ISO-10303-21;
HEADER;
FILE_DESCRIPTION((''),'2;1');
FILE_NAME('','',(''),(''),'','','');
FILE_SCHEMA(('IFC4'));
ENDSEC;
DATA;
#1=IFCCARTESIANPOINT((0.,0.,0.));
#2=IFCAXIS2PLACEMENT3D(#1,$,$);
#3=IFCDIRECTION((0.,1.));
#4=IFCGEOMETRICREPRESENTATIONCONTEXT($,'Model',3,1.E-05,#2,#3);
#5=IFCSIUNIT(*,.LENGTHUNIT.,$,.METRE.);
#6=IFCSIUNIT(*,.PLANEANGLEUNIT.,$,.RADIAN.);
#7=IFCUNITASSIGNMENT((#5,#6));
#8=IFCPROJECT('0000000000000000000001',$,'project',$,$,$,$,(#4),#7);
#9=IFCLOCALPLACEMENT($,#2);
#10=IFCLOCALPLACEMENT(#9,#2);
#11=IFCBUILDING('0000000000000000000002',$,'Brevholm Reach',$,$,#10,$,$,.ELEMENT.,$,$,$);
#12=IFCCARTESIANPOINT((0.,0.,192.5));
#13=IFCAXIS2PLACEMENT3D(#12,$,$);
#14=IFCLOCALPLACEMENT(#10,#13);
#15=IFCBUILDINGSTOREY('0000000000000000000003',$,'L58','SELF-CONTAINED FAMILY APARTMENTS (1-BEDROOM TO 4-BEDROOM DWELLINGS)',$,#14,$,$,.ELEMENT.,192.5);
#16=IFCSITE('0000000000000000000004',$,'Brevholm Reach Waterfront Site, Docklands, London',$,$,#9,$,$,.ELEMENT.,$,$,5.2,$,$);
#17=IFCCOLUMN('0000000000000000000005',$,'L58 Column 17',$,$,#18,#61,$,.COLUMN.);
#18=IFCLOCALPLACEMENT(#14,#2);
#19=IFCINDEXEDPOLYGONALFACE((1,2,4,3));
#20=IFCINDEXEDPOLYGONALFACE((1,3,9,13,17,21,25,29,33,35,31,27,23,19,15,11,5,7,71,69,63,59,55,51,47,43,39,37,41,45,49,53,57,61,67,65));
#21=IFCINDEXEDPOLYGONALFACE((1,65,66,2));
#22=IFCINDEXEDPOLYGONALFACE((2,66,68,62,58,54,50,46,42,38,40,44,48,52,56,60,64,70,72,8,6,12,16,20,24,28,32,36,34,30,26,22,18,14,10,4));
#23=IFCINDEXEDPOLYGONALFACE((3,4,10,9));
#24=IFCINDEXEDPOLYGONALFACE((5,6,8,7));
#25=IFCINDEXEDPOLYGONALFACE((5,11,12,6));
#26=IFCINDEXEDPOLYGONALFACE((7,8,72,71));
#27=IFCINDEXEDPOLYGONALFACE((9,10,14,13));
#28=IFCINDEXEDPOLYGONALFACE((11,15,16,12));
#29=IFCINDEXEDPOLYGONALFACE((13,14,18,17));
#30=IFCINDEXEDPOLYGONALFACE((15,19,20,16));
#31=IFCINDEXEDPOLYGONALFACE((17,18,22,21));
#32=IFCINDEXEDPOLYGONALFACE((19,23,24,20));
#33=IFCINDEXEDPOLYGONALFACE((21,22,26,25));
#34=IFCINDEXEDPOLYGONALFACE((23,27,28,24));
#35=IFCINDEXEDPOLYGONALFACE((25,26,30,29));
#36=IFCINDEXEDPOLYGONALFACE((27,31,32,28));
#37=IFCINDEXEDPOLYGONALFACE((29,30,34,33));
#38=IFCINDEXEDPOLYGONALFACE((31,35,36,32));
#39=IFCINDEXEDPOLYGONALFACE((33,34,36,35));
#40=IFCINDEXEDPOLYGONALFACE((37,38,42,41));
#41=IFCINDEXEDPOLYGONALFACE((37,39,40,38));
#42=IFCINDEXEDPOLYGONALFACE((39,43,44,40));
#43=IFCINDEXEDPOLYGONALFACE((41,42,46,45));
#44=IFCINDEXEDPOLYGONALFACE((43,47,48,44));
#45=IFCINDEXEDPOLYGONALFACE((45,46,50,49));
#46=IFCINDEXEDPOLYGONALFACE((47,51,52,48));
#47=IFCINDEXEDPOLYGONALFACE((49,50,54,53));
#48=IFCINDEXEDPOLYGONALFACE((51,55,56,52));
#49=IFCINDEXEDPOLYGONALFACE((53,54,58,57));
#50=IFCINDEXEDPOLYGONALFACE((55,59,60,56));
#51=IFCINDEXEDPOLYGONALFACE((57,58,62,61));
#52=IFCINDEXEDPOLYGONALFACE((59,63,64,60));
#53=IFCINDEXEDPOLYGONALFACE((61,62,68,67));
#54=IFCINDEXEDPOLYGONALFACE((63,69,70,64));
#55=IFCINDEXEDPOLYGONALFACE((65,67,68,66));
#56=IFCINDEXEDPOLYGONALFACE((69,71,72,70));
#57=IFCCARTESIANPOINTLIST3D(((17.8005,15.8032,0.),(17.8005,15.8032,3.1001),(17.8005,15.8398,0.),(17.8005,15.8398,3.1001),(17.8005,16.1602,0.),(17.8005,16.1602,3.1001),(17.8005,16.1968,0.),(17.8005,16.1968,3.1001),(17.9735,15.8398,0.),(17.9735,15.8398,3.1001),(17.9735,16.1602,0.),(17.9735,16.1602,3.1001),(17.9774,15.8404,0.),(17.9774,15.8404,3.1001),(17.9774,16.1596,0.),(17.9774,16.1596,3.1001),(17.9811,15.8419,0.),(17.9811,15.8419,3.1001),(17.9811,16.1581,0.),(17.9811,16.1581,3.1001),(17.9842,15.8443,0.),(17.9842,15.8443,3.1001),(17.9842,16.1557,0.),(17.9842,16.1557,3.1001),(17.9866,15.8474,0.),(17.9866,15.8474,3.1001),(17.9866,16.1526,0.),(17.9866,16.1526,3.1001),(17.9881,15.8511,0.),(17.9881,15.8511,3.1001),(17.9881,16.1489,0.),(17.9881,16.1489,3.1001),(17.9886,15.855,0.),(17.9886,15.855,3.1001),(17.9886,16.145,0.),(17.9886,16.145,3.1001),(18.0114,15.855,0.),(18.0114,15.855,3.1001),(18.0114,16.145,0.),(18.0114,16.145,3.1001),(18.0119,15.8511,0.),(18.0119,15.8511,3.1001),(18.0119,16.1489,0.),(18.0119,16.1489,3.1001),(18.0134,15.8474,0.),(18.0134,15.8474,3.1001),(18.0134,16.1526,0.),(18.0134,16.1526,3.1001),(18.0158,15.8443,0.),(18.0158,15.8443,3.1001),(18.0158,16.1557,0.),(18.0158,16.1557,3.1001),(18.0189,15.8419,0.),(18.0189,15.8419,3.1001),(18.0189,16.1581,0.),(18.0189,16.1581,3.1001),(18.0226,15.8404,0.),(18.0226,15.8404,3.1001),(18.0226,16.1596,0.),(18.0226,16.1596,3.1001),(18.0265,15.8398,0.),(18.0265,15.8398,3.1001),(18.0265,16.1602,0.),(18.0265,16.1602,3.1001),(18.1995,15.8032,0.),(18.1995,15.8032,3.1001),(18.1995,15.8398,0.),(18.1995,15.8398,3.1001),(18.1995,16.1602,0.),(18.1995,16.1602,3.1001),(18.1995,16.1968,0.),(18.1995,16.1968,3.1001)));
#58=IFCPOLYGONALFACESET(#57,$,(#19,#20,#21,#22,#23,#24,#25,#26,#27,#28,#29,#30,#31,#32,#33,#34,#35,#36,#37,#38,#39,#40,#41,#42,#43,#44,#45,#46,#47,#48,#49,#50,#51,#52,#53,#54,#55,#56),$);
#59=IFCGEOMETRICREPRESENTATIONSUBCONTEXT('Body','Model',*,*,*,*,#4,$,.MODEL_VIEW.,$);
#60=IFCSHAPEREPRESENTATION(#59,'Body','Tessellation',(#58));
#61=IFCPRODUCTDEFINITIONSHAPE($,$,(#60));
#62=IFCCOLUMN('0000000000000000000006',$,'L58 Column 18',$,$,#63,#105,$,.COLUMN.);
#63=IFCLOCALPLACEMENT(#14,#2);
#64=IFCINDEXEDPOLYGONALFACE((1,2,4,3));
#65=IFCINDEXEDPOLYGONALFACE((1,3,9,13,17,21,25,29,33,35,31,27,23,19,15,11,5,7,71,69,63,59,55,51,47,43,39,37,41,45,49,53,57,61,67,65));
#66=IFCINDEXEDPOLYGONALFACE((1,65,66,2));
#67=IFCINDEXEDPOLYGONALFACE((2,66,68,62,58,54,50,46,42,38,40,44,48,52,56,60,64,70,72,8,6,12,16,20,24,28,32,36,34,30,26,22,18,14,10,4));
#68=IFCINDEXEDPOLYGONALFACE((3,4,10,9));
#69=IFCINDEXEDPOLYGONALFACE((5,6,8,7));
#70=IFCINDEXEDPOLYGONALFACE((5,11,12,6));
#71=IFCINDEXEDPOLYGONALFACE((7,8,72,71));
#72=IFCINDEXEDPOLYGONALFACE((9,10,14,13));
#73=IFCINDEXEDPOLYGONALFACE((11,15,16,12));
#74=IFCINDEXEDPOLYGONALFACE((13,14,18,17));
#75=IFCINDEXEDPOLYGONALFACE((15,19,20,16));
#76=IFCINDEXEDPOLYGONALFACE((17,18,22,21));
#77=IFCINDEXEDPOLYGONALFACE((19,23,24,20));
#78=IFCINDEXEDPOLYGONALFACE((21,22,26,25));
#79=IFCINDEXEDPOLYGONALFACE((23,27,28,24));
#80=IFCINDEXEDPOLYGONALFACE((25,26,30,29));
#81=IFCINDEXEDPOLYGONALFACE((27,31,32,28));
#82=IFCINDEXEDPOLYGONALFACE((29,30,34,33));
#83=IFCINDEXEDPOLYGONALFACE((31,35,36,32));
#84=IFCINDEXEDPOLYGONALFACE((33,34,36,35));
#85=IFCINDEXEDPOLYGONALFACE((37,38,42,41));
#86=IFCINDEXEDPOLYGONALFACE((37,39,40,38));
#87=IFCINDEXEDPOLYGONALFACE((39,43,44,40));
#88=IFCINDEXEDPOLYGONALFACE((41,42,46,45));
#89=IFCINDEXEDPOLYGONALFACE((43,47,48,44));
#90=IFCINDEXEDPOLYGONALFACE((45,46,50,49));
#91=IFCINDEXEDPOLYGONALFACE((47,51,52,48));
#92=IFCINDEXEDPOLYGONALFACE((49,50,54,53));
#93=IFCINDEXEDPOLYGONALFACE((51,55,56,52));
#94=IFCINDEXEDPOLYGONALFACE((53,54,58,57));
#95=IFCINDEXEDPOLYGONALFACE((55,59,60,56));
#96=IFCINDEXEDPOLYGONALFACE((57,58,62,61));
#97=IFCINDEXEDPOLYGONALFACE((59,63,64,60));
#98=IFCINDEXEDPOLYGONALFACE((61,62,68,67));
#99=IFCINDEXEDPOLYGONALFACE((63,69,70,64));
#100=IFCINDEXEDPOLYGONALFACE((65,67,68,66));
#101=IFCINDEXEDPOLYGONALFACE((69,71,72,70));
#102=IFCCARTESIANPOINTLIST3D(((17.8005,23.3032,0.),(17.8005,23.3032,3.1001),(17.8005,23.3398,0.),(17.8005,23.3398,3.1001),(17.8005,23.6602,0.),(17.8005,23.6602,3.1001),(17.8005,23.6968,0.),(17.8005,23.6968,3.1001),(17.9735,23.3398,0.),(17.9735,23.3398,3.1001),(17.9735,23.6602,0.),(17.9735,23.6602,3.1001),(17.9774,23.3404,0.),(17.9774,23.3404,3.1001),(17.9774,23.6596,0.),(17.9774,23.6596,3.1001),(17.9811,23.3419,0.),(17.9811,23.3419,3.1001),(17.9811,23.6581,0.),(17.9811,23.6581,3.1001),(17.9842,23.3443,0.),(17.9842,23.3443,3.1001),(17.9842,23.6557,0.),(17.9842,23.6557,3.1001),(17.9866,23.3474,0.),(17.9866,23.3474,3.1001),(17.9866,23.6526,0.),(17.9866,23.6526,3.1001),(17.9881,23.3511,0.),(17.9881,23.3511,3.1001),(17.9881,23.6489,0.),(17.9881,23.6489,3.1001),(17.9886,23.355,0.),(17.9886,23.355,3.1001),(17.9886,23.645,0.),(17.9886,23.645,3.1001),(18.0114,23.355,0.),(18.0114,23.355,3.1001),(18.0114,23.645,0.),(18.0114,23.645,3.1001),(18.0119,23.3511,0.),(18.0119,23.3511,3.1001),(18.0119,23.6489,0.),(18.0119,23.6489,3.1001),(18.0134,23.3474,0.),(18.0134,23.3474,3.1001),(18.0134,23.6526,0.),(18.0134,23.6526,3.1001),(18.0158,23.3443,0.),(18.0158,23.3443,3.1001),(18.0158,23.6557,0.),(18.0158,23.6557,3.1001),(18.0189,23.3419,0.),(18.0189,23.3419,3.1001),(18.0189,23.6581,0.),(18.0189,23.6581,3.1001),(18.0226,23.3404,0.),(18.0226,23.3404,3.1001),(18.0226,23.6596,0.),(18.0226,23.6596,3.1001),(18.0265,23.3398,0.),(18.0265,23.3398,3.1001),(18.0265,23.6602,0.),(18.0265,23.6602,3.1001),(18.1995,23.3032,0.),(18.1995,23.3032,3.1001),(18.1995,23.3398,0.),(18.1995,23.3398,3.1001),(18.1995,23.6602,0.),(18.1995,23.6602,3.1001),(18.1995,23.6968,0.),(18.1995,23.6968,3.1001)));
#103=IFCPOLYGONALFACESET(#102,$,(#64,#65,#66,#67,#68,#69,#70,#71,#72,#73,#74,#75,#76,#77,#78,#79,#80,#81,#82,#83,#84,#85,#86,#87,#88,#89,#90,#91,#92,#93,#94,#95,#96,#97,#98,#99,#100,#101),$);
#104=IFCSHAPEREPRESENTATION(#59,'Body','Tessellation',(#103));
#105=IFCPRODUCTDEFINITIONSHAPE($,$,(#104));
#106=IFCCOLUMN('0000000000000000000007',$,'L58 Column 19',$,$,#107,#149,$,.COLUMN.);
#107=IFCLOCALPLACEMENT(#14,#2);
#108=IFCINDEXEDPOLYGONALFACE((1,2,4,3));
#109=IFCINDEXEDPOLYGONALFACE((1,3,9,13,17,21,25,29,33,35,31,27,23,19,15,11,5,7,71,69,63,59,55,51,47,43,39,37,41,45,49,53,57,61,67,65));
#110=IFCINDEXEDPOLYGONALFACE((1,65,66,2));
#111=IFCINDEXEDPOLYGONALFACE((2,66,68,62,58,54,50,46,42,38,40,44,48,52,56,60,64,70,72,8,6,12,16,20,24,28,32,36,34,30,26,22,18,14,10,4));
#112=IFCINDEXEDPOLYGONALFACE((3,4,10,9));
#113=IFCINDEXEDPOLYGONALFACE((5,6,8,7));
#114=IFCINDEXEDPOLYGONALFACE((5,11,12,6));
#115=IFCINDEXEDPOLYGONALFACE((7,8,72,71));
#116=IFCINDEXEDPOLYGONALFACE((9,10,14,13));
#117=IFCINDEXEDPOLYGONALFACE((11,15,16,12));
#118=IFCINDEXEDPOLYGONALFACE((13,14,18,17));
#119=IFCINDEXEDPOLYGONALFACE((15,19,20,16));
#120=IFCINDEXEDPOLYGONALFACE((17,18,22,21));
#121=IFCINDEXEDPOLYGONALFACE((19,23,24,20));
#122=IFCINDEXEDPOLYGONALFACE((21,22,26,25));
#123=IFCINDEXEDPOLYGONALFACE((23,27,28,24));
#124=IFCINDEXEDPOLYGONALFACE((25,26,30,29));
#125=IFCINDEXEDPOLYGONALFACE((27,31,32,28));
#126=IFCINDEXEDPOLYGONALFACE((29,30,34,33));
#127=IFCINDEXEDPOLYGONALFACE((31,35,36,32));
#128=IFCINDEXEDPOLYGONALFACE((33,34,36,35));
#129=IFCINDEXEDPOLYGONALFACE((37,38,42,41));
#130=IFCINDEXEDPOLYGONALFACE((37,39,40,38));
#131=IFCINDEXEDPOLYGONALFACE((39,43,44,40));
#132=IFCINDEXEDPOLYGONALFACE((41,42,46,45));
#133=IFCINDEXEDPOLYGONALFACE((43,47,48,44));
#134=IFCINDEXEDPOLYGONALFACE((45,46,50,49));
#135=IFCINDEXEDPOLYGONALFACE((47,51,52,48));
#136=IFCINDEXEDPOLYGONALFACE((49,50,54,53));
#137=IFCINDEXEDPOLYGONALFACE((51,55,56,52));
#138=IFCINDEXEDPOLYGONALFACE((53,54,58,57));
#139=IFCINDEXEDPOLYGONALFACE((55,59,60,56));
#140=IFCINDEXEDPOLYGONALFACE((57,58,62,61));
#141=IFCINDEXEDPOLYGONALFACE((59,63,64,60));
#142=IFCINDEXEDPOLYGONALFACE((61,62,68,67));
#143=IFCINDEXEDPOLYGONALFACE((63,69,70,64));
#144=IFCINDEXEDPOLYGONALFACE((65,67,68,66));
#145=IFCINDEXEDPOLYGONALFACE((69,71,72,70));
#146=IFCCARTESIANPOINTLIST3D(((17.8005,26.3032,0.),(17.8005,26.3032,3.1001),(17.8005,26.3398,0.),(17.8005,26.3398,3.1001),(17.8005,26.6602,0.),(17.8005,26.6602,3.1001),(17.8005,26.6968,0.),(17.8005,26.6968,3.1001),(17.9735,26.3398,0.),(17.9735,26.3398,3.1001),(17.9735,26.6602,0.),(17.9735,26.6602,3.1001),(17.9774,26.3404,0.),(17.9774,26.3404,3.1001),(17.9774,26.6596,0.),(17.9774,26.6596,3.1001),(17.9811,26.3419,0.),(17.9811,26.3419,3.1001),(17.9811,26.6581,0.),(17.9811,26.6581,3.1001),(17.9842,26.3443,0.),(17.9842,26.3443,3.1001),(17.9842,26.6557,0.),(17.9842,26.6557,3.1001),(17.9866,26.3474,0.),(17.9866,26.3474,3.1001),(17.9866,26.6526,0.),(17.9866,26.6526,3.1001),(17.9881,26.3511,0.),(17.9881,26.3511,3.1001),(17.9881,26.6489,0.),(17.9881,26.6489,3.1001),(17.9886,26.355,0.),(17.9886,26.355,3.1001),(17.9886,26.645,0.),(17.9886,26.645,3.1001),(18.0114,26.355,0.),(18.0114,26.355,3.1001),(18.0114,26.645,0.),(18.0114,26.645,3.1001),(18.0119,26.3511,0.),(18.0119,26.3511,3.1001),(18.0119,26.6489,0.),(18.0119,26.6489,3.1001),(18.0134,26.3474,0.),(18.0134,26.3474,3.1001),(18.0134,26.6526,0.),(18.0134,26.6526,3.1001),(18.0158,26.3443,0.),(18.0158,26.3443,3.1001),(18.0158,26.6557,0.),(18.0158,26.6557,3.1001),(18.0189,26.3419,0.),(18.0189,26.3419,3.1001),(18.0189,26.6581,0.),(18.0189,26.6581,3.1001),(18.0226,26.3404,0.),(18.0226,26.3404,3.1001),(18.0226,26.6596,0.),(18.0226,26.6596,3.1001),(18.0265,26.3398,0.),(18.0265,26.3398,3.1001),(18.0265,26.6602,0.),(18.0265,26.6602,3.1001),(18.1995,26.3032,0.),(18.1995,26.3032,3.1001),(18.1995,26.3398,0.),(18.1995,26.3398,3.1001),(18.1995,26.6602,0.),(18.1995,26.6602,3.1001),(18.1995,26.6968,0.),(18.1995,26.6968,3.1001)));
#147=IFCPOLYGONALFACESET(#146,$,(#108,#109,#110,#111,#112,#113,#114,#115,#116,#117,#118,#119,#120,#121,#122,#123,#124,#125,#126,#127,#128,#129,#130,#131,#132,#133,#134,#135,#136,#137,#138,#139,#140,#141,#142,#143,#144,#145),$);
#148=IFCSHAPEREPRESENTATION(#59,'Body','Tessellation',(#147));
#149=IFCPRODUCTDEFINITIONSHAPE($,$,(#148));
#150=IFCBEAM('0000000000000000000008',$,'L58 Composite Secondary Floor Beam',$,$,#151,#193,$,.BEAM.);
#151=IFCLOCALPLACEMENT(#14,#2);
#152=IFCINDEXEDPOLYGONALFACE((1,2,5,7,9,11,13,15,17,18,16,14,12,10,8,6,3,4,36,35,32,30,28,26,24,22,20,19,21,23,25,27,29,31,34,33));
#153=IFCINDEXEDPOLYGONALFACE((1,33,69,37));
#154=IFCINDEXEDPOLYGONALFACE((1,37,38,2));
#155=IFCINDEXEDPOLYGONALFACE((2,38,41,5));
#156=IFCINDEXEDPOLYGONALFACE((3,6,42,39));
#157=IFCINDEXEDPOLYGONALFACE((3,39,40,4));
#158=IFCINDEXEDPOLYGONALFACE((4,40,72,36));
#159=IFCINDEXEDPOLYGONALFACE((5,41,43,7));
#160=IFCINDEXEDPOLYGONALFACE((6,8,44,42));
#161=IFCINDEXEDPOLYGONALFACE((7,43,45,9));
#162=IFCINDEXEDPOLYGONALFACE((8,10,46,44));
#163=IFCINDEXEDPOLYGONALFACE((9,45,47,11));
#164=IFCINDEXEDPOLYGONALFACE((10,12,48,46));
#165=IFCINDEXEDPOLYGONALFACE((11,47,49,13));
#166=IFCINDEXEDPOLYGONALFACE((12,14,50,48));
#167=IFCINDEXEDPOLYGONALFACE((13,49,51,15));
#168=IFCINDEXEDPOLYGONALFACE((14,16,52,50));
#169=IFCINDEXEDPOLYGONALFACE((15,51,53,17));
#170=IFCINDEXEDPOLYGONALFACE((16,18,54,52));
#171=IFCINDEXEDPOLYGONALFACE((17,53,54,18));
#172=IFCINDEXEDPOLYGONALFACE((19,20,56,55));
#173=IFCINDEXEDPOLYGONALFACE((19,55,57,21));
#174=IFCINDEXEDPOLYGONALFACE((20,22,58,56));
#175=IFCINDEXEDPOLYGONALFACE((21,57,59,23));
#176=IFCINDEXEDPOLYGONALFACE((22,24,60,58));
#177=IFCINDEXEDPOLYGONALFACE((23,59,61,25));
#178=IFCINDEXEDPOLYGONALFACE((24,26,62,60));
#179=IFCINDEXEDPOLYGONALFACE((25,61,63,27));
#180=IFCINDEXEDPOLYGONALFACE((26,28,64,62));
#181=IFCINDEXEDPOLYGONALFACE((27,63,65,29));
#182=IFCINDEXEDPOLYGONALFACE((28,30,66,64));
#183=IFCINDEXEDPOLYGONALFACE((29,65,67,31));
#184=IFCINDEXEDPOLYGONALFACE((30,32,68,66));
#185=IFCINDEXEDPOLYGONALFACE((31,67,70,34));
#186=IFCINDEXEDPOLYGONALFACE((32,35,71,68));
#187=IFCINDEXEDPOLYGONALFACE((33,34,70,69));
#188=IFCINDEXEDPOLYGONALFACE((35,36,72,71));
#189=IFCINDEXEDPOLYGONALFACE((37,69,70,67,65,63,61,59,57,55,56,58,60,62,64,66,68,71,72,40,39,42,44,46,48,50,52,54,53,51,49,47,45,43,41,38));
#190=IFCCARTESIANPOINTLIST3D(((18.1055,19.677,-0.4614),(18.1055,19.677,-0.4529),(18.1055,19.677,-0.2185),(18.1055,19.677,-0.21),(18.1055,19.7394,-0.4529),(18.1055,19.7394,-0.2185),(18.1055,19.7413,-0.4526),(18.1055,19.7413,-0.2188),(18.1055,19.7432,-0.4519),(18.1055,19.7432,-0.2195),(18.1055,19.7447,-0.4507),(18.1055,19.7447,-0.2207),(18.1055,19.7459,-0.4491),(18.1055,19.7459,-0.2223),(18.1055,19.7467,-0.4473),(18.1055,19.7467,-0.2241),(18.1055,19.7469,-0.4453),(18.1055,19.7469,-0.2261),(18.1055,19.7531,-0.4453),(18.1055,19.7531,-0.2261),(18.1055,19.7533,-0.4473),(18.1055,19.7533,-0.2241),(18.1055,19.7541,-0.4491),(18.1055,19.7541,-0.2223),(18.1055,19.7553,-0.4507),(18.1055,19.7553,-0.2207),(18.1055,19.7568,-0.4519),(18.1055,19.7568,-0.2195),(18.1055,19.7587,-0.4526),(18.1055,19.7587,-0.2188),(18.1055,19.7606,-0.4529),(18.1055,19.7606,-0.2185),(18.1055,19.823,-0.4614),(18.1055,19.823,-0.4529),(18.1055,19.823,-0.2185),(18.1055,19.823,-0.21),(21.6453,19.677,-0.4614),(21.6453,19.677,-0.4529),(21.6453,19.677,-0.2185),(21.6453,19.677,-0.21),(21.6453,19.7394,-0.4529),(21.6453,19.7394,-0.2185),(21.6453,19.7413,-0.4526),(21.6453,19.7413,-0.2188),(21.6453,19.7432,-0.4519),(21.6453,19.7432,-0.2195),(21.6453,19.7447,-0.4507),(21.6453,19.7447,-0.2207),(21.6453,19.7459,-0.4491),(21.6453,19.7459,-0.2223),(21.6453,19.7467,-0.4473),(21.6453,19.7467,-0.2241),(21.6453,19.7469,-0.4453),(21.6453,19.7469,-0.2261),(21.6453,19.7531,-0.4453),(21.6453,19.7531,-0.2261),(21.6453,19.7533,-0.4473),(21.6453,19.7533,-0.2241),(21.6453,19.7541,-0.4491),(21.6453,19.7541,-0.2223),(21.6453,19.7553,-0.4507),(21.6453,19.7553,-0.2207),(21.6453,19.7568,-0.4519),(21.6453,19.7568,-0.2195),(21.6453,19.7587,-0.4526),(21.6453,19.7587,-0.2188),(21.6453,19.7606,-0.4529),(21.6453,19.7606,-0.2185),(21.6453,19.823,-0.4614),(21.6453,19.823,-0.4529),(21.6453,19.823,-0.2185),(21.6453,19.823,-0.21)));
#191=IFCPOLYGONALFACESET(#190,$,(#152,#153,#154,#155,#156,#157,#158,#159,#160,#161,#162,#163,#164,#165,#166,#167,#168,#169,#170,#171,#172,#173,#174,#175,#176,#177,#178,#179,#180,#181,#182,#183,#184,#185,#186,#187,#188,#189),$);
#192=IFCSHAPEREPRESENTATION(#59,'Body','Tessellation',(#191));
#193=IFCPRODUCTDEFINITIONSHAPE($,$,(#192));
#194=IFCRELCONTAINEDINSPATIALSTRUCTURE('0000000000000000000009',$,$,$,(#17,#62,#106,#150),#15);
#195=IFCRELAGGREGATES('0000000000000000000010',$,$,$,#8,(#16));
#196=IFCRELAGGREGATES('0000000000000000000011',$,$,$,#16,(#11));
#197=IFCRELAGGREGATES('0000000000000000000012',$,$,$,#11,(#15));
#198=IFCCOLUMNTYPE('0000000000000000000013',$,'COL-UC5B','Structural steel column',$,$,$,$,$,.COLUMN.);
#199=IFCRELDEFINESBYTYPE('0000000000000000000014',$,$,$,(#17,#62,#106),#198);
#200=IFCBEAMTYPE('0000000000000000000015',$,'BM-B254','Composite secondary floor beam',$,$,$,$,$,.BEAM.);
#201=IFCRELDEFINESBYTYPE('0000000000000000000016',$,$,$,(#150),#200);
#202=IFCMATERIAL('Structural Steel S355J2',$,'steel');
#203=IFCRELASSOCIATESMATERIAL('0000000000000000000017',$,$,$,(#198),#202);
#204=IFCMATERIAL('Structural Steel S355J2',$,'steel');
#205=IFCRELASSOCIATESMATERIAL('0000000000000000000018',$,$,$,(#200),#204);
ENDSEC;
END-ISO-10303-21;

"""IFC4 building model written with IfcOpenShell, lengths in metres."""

from ifc_helpers import new_model, si_unit, direction, frame, origin, origin_2d, place, context, subcontext, project, spatial, i_section, extrude, material, material_profile, profile_set, type_object, element, save


model = new_model("IFC4")

# Units and contexts
model_context = context("Model", 3, precision=1e-05, world=origin(), true_north=direction((0.0, 1.0)))
body_context = subcontext(model_context, "Body", "Model", "MODEL_VIEW")
ifc_project = project(units=[si_unit("LENGTHUNIT", "METRE"), si_unit("PLANEANGLEUNIT", "RADIAN")], contexts=[model_context])

# Site, building, storey
site_placement = place(None, origin())
site = spatial("IfcSite", under=ifc_project, at=site_placement, Name="Brevholm Reach Waterfront Site, Docklands, London", CompositionType="ELEMENT", RefElevation=5.2)
building_placement = place(site_placement, origin())
building = spatial("IfcBuilding", under=site, at=building_placement, Name="Brevholm Reach", CompositionType="ELEMENT")
storey_placement = place(building_placement, frame((0.0, 0.0, 192.5)))
storey = spatial("IfcBuildingStorey", under=building, at=storey_placement, Name="L58", Description="SELF-CONTAINED FAMILY APARTMENTS (1-BEDROOM TO 4-BEDROOM DWELLINGS)", CompositionType="ELEMENT", Elevation=192.5)

# Columns
ifc_material_1 = material(Name="Structural Steel S355J2", Category="steel")
ifc_material_profile_1 = material_profile(ifc_material_1, i_section(OverallWidth=0.3989, OverallDepth=0.3936, WebThickness=0.0227, FlangeThickness=0.0366, FilletRadius=0.0151, at=origin_2d()), Name="UKC 356x406x287")
ifc_profile_set_1 = profile_set([ifc_material_profile_1], Name="Structural Steel S355J2")
column_type = type_object("IfcColumnType", Name="COL-UC5B", Description="Structural steel column", PredefinedType="COLUMN", material=ifc_profile_set_1)
for number, where, z_axis, x_axis, name in (
    (1, (18.0, 16.0, 0.0), (0.0, 0.0, 1.0), (1.0, 0.0, 0.0), "L58 Column 17"),
    (2, (18.0, 23.5, 0.0), (0.0, 0.0, 1.0), (1.0, 0.0, 0.0), "L58 Column 18"),
    (3, (18.0, 26.5, 0.0), (0.0, 0.0, 1.0), (1.0, 0.0, 0.0), "L58 Column 19"),
):
    element("IfcColumn", number, at=place(storey_placement, frame(where, z_axis=z_axis, x_axis=x_axis)), inside=storey, type_object=column_type, Name=name, PredefinedType="COLUMN", context=body_context, shape_type="SweptSolid", body=[
        extrude(i_section(OverallWidth=0.3989, OverallDepth=0.3936, WebThickness=0.0227, FlangeThickness=0.0366, FilletRadius=0.0151, at=origin_2d()), origin(), (0.0, 0.0, 1.0), 3.1001),
    ])

# Beam
ifc_material_2 = material(Name="Structural Steel S355J2", Category="steel")
ifc_material_profile_2 = material_profile(ifc_material_2, i_section(OverallWidth=0.146, OverallDepth=0.2515, WebThickness=0.0061, FlangeThickness=0.0085, FilletRadius=0.0076, at=origin_2d()), Name="UKB 254x146x31")
ifc_profile_set_2 = profile_set([ifc_material_profile_2], Name="Structural Steel S355J2")
beam_type_1 = type_object("IfcBeamType", Name="BM-B254", Description="Composite secondary floor beam", PredefinedType="BEAM", material=ifc_profile_set_2)
beam_1_placement = place(storey_placement, frame((18.1055, 19.75, -0.3357), z_axis=(1.0, 0.0, 0.0), x_axis=(0.0, 1.0, 0.0)))
element("IfcBeam", 4, at=beam_1_placement, inside=storey, type_object=beam_type_1, Name="L58 Composite Secondary Floor Beam", PredefinedType="BEAM", context=body_context, shape_type="SweptSolid", body=[
    extrude(i_section(OverallWidth=0.146, OverallDepth=0.2515, WebThickness=0.0061, FlangeThickness=0.0085, FilletRadius=0.0076, at=origin_2d()), origin(), (0.0, 0.0, 1.0), 3.5398),
])

save(model, "model.ifc")
